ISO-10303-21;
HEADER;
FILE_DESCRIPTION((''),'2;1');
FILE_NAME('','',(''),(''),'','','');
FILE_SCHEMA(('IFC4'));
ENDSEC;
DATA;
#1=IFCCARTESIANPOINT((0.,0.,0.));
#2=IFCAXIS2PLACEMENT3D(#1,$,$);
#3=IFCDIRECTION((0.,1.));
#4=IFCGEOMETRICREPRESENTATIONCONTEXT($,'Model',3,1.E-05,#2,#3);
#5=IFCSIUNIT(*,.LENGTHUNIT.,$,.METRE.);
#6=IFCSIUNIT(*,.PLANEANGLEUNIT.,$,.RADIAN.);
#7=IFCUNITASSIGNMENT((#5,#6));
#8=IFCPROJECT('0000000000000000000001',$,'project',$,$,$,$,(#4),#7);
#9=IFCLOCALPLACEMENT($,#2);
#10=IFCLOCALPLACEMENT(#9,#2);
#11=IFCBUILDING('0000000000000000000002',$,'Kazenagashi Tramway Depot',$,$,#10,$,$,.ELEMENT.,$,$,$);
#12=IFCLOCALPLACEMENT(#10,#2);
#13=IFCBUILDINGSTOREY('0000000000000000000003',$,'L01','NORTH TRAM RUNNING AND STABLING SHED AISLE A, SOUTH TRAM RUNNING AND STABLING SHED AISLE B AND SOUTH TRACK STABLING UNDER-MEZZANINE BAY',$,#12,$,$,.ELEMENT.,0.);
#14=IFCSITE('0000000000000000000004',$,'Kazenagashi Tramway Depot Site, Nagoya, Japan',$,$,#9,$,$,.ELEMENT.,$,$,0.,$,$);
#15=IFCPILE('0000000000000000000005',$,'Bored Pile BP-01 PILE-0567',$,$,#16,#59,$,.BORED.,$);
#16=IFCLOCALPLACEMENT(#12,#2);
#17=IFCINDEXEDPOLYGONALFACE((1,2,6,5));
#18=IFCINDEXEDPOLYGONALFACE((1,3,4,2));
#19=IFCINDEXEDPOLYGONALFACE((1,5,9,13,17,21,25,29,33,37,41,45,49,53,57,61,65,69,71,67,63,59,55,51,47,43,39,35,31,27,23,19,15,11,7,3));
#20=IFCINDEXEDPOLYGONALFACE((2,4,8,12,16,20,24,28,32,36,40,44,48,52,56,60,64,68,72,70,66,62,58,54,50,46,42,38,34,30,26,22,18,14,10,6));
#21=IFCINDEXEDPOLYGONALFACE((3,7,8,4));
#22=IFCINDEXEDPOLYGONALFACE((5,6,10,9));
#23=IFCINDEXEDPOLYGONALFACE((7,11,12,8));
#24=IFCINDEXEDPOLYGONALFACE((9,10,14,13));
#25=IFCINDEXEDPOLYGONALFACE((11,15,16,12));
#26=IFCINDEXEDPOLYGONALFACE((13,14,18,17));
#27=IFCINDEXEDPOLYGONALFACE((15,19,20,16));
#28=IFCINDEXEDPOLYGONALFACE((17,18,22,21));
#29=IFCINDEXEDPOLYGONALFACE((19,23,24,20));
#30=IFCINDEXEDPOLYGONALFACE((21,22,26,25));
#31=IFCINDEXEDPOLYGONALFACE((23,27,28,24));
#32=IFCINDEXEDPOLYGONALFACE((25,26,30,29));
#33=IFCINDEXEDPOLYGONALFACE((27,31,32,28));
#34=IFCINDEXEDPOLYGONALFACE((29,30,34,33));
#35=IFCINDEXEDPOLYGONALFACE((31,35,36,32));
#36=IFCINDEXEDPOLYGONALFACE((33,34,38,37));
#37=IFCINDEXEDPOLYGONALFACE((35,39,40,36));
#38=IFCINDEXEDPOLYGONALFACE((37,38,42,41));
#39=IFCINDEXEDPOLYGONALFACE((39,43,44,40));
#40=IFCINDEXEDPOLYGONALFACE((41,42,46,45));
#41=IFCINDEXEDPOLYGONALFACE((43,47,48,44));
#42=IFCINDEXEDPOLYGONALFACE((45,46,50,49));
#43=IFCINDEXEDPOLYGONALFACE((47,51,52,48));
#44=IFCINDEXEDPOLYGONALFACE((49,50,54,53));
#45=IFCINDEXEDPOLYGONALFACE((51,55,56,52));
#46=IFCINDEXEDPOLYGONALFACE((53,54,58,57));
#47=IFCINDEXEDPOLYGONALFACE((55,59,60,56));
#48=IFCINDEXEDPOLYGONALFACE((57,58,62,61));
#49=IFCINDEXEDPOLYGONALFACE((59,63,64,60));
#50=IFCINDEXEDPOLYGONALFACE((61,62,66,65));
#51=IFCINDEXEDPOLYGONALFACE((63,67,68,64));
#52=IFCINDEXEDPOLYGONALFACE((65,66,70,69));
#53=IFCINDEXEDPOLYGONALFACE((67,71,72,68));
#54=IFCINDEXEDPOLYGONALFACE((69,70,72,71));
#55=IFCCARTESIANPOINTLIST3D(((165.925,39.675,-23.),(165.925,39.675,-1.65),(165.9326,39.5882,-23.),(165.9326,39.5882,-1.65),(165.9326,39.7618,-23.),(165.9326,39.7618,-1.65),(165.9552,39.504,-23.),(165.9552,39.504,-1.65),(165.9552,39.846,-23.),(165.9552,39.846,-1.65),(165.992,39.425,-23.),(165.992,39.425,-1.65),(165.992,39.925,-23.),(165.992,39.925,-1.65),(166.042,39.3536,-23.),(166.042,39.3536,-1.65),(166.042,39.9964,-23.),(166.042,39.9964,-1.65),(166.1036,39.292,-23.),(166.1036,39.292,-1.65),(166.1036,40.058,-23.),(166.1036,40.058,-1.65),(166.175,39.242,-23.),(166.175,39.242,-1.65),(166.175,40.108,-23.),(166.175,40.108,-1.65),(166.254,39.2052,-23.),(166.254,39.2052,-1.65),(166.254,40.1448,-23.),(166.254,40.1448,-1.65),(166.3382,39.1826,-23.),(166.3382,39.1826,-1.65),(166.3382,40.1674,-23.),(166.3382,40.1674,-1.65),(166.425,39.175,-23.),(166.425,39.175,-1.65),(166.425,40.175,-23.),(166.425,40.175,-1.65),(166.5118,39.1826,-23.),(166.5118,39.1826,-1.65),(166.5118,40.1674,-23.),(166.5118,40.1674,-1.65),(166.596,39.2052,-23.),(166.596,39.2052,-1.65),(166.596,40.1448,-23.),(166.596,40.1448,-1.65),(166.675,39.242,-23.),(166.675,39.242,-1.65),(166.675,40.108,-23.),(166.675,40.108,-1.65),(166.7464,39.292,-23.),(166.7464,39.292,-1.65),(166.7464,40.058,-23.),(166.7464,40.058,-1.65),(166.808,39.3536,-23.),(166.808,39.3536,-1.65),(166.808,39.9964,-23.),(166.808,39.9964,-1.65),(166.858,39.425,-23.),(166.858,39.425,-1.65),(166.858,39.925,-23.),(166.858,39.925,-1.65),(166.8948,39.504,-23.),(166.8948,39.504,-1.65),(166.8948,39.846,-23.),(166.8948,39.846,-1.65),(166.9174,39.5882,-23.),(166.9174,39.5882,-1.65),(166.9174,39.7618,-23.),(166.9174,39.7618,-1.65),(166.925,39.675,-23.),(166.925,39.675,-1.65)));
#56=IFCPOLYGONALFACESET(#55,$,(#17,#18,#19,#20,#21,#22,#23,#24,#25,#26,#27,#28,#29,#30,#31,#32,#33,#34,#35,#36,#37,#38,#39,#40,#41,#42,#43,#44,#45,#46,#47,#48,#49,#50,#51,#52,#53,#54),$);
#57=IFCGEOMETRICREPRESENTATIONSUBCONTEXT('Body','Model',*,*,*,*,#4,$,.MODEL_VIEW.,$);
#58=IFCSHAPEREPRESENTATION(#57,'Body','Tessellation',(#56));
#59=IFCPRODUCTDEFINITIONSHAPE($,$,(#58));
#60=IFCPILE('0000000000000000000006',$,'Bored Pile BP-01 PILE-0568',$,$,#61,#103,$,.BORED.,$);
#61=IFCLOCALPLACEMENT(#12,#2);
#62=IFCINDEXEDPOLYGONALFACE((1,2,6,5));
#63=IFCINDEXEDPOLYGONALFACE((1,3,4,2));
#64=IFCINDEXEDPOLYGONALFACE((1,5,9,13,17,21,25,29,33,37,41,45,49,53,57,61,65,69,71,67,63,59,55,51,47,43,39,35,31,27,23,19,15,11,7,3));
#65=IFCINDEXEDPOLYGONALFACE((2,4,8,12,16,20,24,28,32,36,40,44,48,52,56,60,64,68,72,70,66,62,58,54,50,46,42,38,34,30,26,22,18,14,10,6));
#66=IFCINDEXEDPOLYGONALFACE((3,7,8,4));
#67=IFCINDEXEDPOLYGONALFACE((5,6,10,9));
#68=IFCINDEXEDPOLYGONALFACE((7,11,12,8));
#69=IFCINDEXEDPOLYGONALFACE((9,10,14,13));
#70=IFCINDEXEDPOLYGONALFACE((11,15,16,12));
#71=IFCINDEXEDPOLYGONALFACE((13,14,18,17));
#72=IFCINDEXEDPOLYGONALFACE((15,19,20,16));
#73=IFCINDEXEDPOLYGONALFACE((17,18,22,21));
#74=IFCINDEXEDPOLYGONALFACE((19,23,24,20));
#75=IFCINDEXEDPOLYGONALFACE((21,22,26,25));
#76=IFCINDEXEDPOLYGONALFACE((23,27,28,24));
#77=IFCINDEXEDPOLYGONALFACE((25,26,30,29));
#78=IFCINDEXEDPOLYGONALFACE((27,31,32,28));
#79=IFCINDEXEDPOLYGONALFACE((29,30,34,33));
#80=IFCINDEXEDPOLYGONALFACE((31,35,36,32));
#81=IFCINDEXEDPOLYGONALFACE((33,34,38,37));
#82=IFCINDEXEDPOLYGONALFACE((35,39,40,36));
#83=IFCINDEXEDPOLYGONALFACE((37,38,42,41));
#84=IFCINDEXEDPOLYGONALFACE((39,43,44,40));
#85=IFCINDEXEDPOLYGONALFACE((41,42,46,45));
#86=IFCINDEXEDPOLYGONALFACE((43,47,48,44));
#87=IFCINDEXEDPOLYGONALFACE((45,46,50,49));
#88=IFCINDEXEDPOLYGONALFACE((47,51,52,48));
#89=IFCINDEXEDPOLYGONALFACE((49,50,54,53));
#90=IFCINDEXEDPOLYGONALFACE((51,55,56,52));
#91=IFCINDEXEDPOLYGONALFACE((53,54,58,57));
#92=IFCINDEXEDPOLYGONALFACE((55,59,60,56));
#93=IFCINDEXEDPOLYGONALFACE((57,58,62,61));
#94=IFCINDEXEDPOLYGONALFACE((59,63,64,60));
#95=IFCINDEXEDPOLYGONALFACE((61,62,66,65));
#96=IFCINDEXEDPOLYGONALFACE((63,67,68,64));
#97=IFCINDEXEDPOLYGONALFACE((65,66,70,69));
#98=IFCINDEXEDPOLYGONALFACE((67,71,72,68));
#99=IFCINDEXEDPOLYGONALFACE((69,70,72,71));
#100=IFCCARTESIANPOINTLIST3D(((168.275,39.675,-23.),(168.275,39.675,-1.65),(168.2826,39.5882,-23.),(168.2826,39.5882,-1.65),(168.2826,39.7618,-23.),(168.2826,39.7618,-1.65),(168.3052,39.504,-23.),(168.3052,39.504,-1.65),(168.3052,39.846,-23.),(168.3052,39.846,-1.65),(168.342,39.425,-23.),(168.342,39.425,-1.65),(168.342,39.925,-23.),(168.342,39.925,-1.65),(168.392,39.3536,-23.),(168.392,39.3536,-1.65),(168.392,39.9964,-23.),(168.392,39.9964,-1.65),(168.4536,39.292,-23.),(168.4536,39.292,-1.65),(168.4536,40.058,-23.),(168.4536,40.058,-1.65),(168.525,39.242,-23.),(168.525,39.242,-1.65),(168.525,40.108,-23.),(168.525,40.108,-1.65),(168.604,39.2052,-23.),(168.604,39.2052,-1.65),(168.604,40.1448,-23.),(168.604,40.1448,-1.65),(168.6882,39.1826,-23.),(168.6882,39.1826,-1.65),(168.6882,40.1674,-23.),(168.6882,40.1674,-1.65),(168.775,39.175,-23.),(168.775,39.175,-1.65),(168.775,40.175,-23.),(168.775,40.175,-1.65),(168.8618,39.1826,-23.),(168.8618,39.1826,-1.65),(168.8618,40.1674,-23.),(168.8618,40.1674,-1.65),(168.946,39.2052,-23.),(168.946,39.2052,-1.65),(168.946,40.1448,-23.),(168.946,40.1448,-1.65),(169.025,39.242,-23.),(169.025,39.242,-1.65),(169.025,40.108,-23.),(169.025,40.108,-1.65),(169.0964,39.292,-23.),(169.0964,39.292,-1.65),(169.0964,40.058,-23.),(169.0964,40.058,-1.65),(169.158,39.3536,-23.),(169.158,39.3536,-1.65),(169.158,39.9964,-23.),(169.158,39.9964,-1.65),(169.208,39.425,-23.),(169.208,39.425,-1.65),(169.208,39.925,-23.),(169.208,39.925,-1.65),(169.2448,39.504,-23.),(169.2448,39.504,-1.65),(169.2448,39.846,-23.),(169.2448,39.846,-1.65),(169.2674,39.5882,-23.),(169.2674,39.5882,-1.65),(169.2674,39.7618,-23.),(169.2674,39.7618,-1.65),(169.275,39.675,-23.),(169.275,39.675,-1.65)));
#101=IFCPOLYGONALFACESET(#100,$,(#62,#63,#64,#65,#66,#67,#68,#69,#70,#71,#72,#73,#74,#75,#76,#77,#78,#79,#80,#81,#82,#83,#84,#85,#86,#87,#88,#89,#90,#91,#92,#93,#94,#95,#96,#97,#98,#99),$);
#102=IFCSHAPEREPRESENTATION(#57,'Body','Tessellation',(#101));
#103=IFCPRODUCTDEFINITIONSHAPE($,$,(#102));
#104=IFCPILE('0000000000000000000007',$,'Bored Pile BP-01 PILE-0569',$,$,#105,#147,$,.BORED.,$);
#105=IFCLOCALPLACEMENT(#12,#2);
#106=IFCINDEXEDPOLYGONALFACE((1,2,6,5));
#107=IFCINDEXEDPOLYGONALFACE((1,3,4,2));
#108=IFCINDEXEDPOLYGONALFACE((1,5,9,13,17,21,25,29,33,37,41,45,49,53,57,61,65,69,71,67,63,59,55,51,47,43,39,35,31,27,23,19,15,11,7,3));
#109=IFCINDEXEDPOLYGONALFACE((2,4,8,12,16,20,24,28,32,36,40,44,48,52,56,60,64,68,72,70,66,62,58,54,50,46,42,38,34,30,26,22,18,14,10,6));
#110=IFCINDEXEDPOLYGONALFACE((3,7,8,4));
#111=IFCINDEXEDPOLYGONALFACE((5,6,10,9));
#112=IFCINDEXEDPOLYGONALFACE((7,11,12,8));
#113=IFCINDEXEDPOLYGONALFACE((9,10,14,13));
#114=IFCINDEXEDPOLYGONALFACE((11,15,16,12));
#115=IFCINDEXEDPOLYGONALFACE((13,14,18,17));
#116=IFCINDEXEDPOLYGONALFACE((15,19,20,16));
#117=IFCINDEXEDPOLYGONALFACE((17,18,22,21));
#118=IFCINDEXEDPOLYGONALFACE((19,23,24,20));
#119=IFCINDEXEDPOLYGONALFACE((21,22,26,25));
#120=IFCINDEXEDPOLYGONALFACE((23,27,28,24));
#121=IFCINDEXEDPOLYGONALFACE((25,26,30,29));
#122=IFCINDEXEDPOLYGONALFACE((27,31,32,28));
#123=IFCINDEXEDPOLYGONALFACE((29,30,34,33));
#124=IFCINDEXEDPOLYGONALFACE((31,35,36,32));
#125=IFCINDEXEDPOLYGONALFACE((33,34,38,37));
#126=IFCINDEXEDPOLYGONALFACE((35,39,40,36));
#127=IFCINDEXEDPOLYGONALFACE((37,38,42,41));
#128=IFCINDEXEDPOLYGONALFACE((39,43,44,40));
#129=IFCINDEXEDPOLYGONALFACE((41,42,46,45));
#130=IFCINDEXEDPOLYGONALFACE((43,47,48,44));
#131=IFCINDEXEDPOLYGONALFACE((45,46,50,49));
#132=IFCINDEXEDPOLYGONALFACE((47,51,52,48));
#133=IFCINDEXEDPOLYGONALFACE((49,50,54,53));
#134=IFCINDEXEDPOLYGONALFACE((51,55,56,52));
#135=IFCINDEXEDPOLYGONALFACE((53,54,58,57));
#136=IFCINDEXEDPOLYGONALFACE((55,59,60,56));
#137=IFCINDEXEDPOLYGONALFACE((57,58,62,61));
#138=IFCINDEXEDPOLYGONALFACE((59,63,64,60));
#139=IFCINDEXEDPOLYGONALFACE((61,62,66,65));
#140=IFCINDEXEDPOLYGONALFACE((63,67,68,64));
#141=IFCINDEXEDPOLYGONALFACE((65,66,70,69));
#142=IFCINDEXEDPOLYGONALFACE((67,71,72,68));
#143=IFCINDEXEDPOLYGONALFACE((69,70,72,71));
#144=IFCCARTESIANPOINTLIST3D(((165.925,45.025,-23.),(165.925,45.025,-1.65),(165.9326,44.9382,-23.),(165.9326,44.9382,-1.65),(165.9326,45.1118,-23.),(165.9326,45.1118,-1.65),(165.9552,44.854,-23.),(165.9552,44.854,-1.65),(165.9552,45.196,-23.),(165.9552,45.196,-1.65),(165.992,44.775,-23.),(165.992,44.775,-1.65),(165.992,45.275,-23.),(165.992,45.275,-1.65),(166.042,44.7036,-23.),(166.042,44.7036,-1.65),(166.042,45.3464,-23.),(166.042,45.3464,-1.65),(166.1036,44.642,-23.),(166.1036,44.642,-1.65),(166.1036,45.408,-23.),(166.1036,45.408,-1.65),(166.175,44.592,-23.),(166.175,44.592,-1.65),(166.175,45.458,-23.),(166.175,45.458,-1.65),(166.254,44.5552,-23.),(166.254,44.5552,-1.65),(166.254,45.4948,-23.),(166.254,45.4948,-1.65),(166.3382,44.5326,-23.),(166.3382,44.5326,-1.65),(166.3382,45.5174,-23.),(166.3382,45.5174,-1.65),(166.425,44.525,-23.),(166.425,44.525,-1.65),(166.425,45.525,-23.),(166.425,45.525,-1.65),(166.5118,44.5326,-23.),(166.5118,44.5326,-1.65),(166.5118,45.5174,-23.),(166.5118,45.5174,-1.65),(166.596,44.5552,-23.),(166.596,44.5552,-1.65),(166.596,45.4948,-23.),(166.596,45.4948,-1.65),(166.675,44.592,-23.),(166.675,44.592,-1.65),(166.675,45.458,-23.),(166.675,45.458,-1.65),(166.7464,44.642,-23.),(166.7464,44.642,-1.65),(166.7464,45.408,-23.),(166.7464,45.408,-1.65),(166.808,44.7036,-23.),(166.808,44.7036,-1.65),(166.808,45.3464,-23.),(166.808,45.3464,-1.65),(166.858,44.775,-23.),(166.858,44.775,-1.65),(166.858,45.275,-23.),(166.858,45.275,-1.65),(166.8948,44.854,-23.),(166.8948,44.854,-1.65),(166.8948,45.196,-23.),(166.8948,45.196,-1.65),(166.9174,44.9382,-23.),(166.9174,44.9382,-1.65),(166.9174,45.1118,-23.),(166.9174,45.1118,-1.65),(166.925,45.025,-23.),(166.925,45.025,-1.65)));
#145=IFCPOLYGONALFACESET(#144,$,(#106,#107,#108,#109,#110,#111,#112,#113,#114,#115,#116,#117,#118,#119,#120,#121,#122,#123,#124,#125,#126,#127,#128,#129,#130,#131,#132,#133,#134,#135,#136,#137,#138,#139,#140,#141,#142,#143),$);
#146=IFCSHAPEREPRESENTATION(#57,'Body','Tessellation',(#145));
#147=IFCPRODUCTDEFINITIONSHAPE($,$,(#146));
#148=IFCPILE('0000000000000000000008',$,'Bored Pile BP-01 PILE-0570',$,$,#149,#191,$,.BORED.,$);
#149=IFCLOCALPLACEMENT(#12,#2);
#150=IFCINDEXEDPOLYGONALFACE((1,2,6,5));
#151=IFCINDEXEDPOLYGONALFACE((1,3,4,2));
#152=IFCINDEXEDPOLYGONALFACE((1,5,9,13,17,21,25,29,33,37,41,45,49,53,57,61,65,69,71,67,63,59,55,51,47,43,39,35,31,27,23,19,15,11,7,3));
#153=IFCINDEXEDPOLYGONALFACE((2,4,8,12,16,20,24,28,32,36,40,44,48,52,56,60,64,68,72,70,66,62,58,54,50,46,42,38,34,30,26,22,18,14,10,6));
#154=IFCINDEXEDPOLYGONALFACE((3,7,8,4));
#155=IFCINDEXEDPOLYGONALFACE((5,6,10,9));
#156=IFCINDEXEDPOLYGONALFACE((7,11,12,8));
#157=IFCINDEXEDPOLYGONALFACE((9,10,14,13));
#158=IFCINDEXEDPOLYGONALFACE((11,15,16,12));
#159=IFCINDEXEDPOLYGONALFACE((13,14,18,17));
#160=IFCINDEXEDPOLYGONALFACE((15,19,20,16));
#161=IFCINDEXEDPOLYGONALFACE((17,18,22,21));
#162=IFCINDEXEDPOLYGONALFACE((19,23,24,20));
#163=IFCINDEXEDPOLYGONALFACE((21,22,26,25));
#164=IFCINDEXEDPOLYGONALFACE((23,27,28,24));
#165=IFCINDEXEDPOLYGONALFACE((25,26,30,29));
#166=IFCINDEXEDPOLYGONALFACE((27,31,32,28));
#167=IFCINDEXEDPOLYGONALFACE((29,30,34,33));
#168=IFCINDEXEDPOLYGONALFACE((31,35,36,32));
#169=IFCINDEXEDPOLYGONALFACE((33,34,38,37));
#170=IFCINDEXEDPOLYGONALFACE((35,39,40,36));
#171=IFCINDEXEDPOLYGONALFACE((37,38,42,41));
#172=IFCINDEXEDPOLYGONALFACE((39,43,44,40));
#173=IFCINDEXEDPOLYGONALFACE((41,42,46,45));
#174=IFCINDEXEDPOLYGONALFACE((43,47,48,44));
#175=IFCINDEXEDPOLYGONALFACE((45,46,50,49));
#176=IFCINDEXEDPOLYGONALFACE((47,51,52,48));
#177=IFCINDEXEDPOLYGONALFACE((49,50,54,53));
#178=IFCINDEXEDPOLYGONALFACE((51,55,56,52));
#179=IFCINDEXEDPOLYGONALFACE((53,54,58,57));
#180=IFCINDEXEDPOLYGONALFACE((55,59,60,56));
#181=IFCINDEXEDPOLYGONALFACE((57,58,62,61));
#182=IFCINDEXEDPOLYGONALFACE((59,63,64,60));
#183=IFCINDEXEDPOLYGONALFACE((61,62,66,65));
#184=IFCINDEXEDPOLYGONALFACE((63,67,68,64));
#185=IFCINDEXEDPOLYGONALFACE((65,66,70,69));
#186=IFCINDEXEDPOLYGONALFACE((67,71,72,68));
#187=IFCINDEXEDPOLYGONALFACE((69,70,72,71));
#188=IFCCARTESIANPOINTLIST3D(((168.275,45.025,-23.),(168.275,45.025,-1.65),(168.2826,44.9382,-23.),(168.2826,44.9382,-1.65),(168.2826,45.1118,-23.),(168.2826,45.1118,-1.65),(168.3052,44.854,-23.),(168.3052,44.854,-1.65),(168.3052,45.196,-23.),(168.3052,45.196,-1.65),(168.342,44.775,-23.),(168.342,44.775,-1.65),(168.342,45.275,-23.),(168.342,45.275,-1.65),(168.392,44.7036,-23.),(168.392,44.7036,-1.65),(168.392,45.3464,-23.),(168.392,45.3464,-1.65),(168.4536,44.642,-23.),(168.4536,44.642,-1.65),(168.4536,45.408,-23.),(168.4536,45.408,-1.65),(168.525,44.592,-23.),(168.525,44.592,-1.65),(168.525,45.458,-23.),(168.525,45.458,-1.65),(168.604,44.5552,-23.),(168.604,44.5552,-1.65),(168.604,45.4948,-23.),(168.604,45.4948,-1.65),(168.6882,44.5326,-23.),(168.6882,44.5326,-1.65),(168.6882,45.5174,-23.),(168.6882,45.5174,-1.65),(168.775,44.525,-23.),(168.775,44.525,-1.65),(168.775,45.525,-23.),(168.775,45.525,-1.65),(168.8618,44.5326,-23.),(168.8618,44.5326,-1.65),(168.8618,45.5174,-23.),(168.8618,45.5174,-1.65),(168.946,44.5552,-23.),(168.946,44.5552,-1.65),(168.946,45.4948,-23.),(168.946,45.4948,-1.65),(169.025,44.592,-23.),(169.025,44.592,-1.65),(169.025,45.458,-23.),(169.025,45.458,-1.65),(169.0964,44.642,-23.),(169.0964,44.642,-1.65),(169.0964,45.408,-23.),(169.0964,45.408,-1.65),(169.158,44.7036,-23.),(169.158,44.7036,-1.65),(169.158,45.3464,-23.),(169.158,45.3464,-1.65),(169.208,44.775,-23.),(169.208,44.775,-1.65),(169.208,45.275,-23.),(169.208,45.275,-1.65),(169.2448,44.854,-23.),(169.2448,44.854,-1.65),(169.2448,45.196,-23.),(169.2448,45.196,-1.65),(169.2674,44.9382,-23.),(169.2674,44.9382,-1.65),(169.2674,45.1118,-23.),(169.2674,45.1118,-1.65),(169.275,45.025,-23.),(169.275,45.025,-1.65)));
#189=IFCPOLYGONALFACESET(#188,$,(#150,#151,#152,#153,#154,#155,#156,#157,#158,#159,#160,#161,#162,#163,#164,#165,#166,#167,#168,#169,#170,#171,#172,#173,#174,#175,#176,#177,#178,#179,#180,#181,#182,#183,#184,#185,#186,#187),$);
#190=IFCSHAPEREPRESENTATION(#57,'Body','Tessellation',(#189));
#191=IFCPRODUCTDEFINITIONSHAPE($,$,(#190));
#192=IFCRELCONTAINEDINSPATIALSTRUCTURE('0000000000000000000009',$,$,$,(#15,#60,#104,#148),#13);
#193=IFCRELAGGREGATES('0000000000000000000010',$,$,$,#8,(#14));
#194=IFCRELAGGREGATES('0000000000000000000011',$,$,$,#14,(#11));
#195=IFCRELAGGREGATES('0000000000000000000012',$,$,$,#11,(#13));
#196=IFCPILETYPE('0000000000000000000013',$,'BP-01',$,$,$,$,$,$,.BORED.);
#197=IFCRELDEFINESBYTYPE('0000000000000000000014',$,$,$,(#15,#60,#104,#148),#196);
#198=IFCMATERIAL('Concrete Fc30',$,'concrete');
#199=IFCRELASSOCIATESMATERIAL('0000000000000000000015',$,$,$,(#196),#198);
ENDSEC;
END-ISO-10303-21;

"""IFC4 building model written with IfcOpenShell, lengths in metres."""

from ifc_helpers import new_model, si_unit, direction, frame, origin, origin_2d, place, context, subcontext, project, spatial, circle, extrude, material, material_profile, profile_set, type_object, element, save


model = new_model("IFC4")

# Units and contexts
model_context = context("Model", 3, precision=1e-05, world=origin(), true_north=direction((0.0, 1.0)))
body_context = subcontext(model_context, "Body", "Model", "MODEL_VIEW")
ifc_project = project(units=[si_unit("LENGTHUNIT", "METRE"), si_unit("PLANEANGLEUNIT", "RADIAN")], contexts=[model_context])

# Site, building, storey
site_placement = place(None, origin())
site = spatial("IfcSite", under=ifc_project, at=site_placement, Name="Kazenagashi Tramway Depot Site, Nagoya, Japan", CompositionType="ELEMENT", RefElevation=0.0)
building_placement = place(site_placement, origin())
building = spatial("IfcBuilding", under=site, at=building_placement, Name="Kazenagashi Tramway Depot", CompositionType="ELEMENT")
storey_placement = place(building_placement, origin())
storey = spatial("IfcBuildingStorey", under=building, at=storey_placement, Name="L01", Description="NORTH TRAM RUNNING AND STABLING SHED AISLE A, SOUTH TRAM RUNNING AND STABLING SHED AISLE B AND SOUTH TRACK STABLING UNDER-MEZZANINE BAY", CompositionType="ELEMENT", Elevation=0.0)

# Piles
ifc_material_1 = material(Name="Concrete Fc30", Category="concrete")
ifc_material_profile_1 = material_profile(ifc_material_1, circle(Radius=0.5, at=origin_2d()), Name="PILE-1000")
ifc_profile_set_1 = profile_set([ifc_material_profile_1], Name="Concrete Fc30")
pile_type = type_object("IfcPileType", Name="BP-01", PredefinedType="BORED", material=ifc_profile_set_1)
for number, where, z_axis, x_axis, name in (
    (1, (166.425, 39.675, -1.65), (0.0, 0.0, -1.0), (1.0, 0.0, 0.0), "Bored Pile BP-01 PILE-0567"),
    (2, (168.775, 39.675, -1.65), (0.0, 0.0, -1.0), (1.0, 0.0, 0.0), "Bored Pile BP-01 PILE-0568"),
    (3, (166.425, 45.025, -1.65), (0.0, 0.0, -1.0), (1.0, 0.0, 0.0), "Bored Pile BP-01 PILE-0569"),
    (4, (168.775, 45.025, -1.65), (0.0, 0.0, -1.0), (1.0, 0.0, 0.0), "Bored Pile BP-01 PILE-0570"),
):
    element("IfcPile", number, at=place(storey_placement, frame(where, z_axis=z_axis, x_axis=x_axis)), inside=storey, type_object=pile_type, Name=name, PredefinedType="BORED", context=body_context, shape_type="SweptSolid", body=[
        extrude(circle(Radius=0.5, at=origin_2d()), origin(), (0.0, 0.0, 1.0), 21.35),
    ])

save(model, "model.ifc")
